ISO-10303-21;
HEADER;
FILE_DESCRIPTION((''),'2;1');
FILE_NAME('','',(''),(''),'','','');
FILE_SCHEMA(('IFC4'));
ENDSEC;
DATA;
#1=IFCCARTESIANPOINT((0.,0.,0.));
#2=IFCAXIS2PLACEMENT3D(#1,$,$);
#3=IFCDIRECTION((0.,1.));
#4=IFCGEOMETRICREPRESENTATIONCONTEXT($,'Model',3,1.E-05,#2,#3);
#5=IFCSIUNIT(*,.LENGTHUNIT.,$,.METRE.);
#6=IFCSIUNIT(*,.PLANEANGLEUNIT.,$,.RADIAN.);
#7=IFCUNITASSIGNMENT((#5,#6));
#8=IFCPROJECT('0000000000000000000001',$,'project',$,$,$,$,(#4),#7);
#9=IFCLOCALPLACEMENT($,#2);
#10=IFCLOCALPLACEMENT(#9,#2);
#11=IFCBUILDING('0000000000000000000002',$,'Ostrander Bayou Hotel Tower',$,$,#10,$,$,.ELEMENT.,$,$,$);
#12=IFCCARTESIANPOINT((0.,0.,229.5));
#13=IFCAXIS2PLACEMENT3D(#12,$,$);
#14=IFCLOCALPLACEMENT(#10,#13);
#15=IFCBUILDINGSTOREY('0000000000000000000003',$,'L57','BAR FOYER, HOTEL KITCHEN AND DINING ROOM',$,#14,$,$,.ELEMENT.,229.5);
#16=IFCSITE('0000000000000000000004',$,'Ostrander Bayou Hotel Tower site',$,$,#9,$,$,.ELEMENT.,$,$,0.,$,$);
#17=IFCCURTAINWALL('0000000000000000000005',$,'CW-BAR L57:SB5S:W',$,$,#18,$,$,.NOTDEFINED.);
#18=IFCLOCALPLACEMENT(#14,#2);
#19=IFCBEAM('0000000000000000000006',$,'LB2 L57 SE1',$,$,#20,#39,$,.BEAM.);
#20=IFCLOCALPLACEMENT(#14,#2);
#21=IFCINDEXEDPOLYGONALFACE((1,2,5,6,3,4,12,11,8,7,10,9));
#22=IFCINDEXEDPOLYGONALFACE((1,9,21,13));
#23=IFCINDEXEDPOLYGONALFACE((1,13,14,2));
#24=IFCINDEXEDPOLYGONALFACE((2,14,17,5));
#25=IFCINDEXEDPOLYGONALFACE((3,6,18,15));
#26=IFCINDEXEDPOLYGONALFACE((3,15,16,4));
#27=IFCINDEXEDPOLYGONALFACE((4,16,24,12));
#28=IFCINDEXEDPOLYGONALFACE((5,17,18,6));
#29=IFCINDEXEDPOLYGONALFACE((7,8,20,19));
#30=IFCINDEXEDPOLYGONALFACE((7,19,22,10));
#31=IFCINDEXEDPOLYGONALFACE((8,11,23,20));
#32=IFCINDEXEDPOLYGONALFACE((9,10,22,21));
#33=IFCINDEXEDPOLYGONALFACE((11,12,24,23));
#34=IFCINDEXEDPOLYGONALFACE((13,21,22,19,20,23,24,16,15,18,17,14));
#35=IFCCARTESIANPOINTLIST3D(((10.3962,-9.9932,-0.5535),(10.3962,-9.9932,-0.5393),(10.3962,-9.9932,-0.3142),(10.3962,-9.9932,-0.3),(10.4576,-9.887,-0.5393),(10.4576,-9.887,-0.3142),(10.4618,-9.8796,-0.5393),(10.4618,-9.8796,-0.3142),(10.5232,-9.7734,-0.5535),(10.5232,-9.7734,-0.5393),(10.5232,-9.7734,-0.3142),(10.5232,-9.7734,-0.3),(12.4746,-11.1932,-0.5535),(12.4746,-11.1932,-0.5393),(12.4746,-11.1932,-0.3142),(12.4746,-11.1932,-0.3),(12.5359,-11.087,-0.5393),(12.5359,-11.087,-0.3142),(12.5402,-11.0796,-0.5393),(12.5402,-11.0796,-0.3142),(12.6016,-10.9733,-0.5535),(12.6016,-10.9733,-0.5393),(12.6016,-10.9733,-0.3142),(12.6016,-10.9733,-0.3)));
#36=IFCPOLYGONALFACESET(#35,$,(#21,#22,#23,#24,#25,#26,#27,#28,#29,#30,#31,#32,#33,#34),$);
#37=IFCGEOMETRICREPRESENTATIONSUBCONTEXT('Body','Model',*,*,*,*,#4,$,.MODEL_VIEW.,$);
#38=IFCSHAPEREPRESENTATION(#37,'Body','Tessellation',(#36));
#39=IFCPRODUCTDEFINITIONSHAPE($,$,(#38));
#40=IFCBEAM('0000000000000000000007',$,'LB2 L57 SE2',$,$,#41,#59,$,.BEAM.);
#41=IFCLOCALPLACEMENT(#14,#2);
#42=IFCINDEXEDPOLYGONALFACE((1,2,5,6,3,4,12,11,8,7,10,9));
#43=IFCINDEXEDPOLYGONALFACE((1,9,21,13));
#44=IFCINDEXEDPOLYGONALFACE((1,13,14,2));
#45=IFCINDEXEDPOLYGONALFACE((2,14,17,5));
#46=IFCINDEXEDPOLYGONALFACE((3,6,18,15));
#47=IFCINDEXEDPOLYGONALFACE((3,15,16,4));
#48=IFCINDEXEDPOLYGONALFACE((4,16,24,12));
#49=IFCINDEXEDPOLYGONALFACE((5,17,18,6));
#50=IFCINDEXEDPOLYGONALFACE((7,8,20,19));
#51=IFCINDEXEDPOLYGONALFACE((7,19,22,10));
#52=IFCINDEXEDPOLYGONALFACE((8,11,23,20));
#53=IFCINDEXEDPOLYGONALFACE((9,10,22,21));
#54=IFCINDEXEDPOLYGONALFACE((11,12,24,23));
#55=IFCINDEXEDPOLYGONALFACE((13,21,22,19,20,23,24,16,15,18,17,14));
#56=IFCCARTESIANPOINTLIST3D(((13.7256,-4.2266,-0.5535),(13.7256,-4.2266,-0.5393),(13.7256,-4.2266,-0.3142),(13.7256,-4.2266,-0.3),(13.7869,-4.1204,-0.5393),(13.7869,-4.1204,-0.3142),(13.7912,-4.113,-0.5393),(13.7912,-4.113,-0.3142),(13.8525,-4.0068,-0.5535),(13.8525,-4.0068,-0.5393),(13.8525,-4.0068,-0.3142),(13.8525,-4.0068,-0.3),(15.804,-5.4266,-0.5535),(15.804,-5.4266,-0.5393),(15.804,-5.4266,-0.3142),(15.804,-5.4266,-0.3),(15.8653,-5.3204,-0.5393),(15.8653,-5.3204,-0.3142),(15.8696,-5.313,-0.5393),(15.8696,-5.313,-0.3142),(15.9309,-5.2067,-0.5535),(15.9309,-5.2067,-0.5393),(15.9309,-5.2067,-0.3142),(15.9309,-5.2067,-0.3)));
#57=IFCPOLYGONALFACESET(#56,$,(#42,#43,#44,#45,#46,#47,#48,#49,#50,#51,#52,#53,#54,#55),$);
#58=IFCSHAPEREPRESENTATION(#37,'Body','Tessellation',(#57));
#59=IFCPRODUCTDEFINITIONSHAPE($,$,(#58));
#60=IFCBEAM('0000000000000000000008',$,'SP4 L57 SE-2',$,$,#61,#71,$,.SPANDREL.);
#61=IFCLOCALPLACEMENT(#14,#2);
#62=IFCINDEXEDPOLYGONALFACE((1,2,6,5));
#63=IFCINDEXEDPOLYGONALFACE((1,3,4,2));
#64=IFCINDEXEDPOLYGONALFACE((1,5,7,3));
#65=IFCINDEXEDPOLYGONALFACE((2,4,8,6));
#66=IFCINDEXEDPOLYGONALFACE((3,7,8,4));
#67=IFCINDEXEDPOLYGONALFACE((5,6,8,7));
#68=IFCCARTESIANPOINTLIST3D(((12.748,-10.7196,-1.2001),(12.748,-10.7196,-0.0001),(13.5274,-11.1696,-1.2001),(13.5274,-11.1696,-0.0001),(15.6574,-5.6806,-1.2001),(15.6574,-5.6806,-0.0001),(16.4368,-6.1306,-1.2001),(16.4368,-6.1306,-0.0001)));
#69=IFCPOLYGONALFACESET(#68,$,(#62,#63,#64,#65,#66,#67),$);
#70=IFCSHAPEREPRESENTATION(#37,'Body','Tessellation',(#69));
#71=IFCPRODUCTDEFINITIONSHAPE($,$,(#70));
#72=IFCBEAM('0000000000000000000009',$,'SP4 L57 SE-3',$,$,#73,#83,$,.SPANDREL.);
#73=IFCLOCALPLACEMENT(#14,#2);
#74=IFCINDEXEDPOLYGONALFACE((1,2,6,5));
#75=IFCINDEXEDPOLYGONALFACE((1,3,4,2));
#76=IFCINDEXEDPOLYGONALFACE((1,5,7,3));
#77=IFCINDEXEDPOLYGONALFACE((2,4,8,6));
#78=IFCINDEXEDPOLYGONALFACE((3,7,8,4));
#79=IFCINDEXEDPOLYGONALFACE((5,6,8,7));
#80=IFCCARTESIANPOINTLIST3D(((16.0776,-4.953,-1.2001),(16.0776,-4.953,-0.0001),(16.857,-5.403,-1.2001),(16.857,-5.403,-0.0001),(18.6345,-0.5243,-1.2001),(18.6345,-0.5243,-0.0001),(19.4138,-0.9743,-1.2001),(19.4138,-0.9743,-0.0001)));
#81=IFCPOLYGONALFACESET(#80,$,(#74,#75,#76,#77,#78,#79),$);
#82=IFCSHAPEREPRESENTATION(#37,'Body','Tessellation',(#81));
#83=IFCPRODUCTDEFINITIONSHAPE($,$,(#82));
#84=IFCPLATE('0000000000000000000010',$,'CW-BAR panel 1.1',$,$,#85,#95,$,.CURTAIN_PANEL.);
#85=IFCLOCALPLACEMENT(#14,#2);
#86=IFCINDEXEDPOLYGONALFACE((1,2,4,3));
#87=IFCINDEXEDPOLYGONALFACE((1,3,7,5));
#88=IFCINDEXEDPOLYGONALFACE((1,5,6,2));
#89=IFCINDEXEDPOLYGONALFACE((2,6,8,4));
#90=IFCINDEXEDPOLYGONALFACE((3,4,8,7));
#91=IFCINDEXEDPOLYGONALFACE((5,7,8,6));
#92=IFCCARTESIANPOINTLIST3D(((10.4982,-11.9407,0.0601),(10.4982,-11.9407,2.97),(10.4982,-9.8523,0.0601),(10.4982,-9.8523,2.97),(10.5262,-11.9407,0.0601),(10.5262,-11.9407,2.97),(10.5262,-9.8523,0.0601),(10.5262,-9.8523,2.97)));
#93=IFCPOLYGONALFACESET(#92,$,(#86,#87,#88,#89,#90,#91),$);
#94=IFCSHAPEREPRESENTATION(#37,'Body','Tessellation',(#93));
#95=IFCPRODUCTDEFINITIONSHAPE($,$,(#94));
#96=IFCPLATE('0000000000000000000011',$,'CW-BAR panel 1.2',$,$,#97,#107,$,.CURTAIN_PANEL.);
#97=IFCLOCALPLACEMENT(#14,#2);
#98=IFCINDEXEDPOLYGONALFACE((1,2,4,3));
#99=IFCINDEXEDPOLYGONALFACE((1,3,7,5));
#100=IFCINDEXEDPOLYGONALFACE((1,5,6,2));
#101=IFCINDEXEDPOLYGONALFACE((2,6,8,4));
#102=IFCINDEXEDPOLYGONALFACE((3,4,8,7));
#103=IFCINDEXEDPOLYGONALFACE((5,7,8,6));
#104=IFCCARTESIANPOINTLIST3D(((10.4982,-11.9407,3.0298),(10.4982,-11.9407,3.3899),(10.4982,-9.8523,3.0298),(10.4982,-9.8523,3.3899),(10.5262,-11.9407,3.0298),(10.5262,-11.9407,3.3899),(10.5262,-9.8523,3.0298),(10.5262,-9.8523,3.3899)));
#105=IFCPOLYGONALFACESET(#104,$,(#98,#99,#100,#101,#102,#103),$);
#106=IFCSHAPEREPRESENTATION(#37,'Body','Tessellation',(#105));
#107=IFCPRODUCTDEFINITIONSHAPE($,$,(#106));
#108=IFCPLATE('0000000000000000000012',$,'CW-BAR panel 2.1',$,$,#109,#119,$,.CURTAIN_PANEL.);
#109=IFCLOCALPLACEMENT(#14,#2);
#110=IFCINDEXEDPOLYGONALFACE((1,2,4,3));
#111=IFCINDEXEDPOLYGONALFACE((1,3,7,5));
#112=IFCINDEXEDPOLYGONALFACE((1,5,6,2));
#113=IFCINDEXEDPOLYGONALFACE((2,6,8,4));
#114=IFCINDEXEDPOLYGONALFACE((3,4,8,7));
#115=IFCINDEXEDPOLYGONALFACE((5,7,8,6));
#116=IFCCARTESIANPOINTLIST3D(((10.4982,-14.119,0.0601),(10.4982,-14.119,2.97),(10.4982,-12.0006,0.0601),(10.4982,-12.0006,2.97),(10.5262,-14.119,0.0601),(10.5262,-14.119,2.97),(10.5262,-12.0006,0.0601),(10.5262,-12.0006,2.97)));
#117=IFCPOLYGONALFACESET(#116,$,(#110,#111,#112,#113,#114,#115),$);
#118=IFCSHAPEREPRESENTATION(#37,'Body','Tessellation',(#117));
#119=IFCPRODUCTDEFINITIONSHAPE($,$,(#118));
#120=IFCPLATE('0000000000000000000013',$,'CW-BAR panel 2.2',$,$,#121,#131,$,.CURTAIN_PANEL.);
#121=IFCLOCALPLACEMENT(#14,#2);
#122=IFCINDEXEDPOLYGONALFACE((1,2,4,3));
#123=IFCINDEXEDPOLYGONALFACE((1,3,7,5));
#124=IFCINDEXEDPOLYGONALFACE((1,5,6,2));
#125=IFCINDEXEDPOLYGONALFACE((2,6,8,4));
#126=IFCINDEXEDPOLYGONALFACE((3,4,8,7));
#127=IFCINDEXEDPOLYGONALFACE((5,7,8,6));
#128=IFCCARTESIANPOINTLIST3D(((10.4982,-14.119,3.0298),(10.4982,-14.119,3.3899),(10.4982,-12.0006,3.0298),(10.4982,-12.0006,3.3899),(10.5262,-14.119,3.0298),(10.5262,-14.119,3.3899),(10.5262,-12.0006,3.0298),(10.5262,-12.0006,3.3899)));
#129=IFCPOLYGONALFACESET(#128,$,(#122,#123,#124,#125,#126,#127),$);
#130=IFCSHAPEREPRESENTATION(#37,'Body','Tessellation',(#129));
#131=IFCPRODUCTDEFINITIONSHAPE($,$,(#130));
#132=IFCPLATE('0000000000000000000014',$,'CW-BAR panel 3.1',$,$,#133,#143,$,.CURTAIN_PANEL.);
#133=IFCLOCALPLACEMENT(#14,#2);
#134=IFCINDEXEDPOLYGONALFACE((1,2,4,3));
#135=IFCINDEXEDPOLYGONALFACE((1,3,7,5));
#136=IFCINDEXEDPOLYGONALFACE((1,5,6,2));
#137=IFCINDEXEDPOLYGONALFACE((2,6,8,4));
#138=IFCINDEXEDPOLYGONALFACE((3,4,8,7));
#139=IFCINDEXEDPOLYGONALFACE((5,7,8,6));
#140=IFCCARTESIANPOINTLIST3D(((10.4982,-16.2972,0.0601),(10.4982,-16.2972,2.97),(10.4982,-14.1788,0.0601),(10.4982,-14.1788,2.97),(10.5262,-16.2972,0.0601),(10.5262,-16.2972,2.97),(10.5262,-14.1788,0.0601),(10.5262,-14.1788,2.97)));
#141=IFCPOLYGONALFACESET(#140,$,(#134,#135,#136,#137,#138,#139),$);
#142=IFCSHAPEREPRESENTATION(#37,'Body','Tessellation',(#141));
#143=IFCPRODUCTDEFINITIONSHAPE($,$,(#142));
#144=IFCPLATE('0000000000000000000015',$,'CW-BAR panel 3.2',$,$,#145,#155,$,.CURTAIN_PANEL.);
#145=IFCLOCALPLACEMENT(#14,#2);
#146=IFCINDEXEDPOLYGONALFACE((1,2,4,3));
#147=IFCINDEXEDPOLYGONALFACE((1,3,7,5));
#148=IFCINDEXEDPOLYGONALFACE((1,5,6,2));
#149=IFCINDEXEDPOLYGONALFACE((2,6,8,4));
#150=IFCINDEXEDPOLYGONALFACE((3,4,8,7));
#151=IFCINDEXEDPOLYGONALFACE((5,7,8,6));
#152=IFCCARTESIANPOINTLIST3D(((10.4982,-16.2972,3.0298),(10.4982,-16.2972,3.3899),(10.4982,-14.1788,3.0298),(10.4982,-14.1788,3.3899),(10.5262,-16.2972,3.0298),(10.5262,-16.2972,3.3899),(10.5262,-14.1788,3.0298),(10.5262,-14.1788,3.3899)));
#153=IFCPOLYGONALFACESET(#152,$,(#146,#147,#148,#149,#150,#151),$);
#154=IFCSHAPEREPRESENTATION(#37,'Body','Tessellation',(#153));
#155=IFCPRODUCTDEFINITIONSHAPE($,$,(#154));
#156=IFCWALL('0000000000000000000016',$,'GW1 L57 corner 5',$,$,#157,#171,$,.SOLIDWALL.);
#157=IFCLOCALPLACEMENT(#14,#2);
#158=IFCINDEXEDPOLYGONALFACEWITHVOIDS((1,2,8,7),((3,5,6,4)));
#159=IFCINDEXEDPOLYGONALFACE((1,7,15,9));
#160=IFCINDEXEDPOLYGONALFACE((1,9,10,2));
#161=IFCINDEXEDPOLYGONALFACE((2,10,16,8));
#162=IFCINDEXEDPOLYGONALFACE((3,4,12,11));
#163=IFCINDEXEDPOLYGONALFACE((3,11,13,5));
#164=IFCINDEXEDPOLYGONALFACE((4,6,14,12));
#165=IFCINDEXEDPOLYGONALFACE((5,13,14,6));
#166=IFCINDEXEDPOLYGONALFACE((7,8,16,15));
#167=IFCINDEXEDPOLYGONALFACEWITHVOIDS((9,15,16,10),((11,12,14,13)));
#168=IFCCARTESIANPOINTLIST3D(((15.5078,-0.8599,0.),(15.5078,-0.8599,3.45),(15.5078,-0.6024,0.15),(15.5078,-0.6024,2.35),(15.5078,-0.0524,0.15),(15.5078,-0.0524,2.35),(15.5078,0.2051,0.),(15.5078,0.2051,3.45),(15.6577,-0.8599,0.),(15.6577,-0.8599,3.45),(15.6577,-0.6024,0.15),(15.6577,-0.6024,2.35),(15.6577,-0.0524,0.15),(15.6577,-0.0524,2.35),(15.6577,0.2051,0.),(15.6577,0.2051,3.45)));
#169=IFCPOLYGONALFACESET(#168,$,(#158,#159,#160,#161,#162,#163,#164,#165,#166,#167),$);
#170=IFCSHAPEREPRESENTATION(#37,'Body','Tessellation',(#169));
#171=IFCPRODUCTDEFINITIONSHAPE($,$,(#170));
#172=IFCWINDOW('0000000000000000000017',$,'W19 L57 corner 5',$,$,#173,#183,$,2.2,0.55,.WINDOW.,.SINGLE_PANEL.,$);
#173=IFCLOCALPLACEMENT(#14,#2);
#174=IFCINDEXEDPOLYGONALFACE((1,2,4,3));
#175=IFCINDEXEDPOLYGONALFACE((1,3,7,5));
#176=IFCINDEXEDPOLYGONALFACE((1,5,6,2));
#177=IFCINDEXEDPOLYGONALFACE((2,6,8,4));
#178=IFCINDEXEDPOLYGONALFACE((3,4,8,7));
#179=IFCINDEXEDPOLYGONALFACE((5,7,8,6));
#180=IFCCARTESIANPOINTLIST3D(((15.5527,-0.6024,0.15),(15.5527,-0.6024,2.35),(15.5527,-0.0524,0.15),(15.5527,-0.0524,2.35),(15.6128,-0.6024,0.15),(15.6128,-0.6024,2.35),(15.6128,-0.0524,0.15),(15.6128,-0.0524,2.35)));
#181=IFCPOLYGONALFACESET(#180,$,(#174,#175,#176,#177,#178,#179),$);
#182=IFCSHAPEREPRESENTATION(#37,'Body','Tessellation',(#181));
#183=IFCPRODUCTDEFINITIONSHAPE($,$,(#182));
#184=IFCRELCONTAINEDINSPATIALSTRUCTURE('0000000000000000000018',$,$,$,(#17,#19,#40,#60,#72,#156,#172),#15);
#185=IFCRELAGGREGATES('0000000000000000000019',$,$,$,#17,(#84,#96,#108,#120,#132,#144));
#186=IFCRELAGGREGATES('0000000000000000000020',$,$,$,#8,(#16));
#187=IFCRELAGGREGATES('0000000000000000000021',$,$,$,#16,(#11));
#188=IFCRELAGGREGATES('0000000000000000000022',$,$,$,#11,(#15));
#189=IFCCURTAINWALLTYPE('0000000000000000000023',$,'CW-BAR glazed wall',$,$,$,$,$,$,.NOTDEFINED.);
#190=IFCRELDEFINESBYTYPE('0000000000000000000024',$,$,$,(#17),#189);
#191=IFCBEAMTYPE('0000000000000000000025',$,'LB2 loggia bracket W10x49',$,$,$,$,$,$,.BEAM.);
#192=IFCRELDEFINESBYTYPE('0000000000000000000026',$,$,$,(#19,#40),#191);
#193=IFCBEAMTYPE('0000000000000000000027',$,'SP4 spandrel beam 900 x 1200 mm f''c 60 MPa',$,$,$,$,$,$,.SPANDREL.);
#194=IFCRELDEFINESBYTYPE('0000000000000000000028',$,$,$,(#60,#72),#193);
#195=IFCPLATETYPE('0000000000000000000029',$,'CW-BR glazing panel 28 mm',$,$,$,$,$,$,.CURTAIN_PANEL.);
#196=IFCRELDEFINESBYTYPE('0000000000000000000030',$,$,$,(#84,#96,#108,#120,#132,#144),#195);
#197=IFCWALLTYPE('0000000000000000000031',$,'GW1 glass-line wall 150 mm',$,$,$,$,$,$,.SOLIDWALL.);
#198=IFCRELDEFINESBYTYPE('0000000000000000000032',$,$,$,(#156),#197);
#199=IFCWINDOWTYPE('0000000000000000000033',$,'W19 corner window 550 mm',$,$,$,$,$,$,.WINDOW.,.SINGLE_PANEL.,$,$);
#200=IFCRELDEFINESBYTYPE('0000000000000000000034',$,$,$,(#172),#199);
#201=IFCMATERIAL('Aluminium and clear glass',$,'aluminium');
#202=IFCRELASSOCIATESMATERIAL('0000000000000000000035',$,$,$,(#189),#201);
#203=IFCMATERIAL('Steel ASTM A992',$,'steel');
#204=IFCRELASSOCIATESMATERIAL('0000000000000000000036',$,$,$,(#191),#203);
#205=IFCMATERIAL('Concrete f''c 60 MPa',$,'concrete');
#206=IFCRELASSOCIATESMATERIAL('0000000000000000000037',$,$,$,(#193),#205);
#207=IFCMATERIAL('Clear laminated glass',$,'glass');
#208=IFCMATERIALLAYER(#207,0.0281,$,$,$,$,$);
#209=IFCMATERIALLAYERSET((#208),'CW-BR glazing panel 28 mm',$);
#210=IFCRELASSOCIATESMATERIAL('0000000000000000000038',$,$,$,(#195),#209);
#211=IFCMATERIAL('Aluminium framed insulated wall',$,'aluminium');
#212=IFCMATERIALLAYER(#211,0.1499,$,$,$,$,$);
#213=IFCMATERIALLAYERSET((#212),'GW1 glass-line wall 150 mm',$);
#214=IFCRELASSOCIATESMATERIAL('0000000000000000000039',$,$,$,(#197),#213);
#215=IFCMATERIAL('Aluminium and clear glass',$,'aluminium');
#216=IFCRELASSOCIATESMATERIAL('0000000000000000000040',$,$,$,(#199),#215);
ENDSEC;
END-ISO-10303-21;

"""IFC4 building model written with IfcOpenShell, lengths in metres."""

from ifc_helpers import new_model, si_unit, direction, frame, frame_2d, origin, origin_2d, place, context, subcontext, project, spatial, rectangle, i_section, extrude, material, layer, layer_set, material_profile, profile_set, type_object, element, fill, aggregate, save


model = new_model("IFC4")

# Units and contexts
model_context = context("Model", 3, precision=1e-05, world=origin(), true_north=direction((0.0, 1.0)))
body_context = subcontext(model_context, "Body", "Model", "MODEL_VIEW")
ifc_project = project(units=[si_unit("LENGTHUNIT", "METRE"), si_unit("PLANEANGLEUNIT", "RADIAN")], contexts=[model_context])

# Site, building, storey
site_placement = place(None, origin())
site = spatial("IfcSite", under=ifc_project, at=site_placement, Name="Ostrander Bayou Hotel Tower site", CompositionType="ELEMENT", RefElevation=0.0)
building_placement = place(site_placement, origin())
building = spatial("IfcBuilding", under=site, at=building_placement, Name="Ostrander Bayou Hotel Tower", CompositionType="ELEMENT")
storey_placement = place(building_placement, frame((0.0, 0.0, 229.5)))
storey = spatial("IfcBuildingStorey", under=building, at=storey_placement, Name="L57", Description="BAR FOYER, HOTEL KITCHEN AND DINING ROOM", CompositionType="ELEMENT", Elevation=229.5)

# Curtain wall
ifc_material_1 = material(Name="Aluminium and clear glass", Category="aluminium")
curtain_wall_type = type_object("IfcCurtainWallType", Name="CW-BAR glazed wall", PredefinedType="NOTDEFINED", material=ifc_material_1)
curtain_wall_placement = place(storey_placement, origin())
curtain_wall = element("IfcCurtainWall", 1, at=curtain_wall_placement, inside=storey, type_object=curtain_wall_type, Name="CW-BAR L57:SB5S:W", PredefinedType="NOTDEFINED")

# Beams
ifc_material_2 = material(Name="Steel ASTM A992", Category="steel")
ifc_material_profile_1 = material_profile(ifc_material_2, i_section(OverallWidth=0.2539, OverallDepth=0.2534, WebThickness=0.0085, FlangeThickness=0.0142, at=origin_2d()))
ifc_profile_set_1 = profile_set([ifc_material_profile_1], Name="Steel ASTM A992")
beam_type_1 = type_object("IfcBeamType", Name="LB2 loggia bracket W10x49", PredefinedType="BEAM", material=ifc_profile_set_1)
for number, where, z_axis, x_axis, name in (
    (2, (12.5381, -11.0833, -0.4268), (-0.866025, 0.500001, 0.0), (-0.500001, -0.866025, 0.0), "LB2 L57 SE1"),
    (3, (15.8674, -5.3167, -0.4268), (-0.866025, 0.500001, 0.0), (-0.500001, -0.866025, 0.0), "LB2 L57 SE2"),
):
    element("IfcBeam", number, at=place(storey_placement, frame(where, z_axis=z_axis, x_axis=x_axis)), inside=storey, type_object=beam_type_1, Name=name, PredefinedType="BEAM", context=body_context, shape_type="SweptSolid", body=[
        extrude(i_section(OverallWidth=0.2539, OverallDepth=0.2534, WebThickness=0.0085, FlangeThickness=0.0142, at=origin_2d()), origin(), (0.0, 0.0, 1.0), 2.3999),
    ])
ifc_material_3 = material(Name="Concrete f'c 60 MPa", Category="concrete")
ifc_material_profile_2 = material_profile(ifc_material_3, rectangle(XDim=0.8999, YDim=1.2, at=origin_2d()))
ifc_profile_set_2 = profile_set([ifc_material_profile_2], Name="Concrete f'c 60 MPa")
beam_type_2 = type_object("IfcBeamType", Name="SP4 spandrel beam 900 x 1200 mm f'c 60 MPa", PredefinedType="SPANDREL", material=ifc_profile_set_2)
beam_1_placement = place(storey_placement, frame((13.1377, -10.9446, -0.6001), z_axis=(0.500015, 0.866016, 0.0), x_axis=(-0.866016, 0.500015, 0.0)))
element("IfcBeam", 4, at=beam_1_placement, inside=storey, type_object=beam_type_2, Name="SP4 L57 SE-2", PredefinedType="SPANDREL", context=body_context, shape_type="SweptSolid", body=[
    extrude(rectangle(XDim=0.8999, YDim=1.2, at=origin_2d()), origin(), (0.0, 0.0, 1.0), 5.8186),
])
beam_2_placement = place(storey_placement, frame((16.4673, -5.178, -0.6001), z_axis=(0.499995, 0.866028, 0.0), x_axis=(-0.866028, 0.499995, 0.0)))
element("IfcBeam", 5, at=beam_2_placement, inside=storey, type_object=beam_type_2, Name="SP4 L57 SE-3", PredefinedType="SPANDREL", context=body_context, shape_type="SweptSolid", body=[
    extrude(rectangle(XDim=0.8999, YDim=1.2, at=origin_2d()), origin(), (0.0, 0.0, 1.0), 5.1138),
])

# Plates
ifc_material_4 = material(Name="Clear laminated glass", Category="glass")
ifc_layer_1 = layer(ifc_material_4, 0.0281)
ifc_layer_set_1 = layer_set([ifc_layer_1], Name="CW-BR glazing panel 28 mm")
plate_type = type_object("IfcPlateType", Name="CW-BR glazing panel 28 mm", PredefinedType="CURTAIN_PANEL", material=ifc_layer_set_1)
plate_1_placement = place(storey_placement, frame((10.5122, -10.8965, 0.0601), z_axis=(0.0, 0.0, 1.0), x_axis=(0.0, -1.0, 0.0)))
plate_1 = element("IfcPlate", 6, at=plate_1_placement, type_object=plate_type, Name="CW-BAR panel 1.1", PredefinedType="CURTAIN_PANEL", context=body_context, shape_type="SweptSolid", body=[
    extrude(rectangle(XDim=2.0884, YDim=0.0281, at=origin_2d()), origin(), (0.0, 0.0, 1.0), 2.9099),
])
plate_2_placement = place(storey_placement, frame((10.5122, -10.8965, 3.0298), z_axis=(0.0, 0.0, 1.0), x_axis=(0.0, -1.0, 0.0)))
plate_2 = element("IfcPlate", 7, at=plate_2_placement, type_object=plate_type, Name="CW-BAR panel 1.2", PredefinedType="CURTAIN_PANEL", context=body_context, shape_type="SweptSolid", body=[
    extrude(rectangle(XDim=2.0884, YDim=0.0281, at=origin_2d()), origin(), (0.0, 0.0, 1.0), 0.3601),
])
plate_3_placement = place(storey_placement, frame((10.5122, -13.0598, 0.0601), z_axis=(0.0, 0.0, 1.0), x_axis=(0.0, -1.0, 0.0)))
plate_3 = element("IfcPlate", 8, at=plate_3_placement, type_object=plate_type, Name="CW-BAR panel 2.1", PredefinedType="CURTAIN_PANEL", context=body_context, shape_type="SweptSolid", body=[
    extrude(rectangle(XDim=2.1184, YDim=0.0281, at=origin_2d()), origin(), (0.0, 0.0, 1.0), 2.9099),
])
plate_4_placement = place(storey_placement, frame((10.5122, -13.0598, 3.0298), z_axis=(0.0, 0.0, 1.0), x_axis=(0.0, -1.0, 0.0)))
plate_4 = element("IfcPlate", 9, at=plate_4_placement, type_object=plate_type, Name="CW-BAR panel 2.2", PredefinedType="CURTAIN_PANEL", context=body_context, shape_type="SweptSolid", body=[
    extrude(rectangle(XDim=2.1184, YDim=0.0281, at=origin_2d()), origin(), (0.0, 0.0, 1.0), 0.3601),
])
plate_5_placement = place(storey_placement, frame((10.5122, -15.238, 0.0601), z_axis=(0.0, 0.0, 1.0), x_axis=(0.0, -1.0, 0.0)))
plate_5 = element("IfcPlate", 10, at=plate_5_placement, type_object=plate_type, Name="CW-BAR panel 3.1", PredefinedType="CURTAIN_PANEL", context=body_context, shape_type="SweptSolid", body=[
    extrude(rectangle(XDim=2.1184, YDim=0.0281, at=origin_2d()), origin(), (0.0, 0.0, 1.0), 2.9099),
])
plate_6_placement = place(storey_placement, frame((10.5122, -15.238, 3.0298), z_axis=(0.0, 0.0, 1.0), x_axis=(0.0, -1.0, 0.0)))
plate_6 = element("IfcPlate", 11, at=plate_6_placement, type_object=plate_type, Name="CW-BAR panel 3.2", PredefinedType="CURTAIN_PANEL", context=body_context, shape_type="SweptSolid", body=[
    extrude(rectangle(XDim=2.1184, YDim=0.0281, at=origin_2d()), origin(), (0.0, 0.0, 1.0), 0.3601),
])
aggregate(curtain_wall, [plate_1, plate_2, plate_3, plate_4, plate_5, plate_6])

# Wall, opening, window
ifc_material_5 = material(Name="Aluminium framed insulated wall", Category="aluminium")
ifc_layer_2 = layer(ifc_material_5, 0.1499)
ifc_layer_set_2 = layer_set([ifc_layer_2], Name="GW1 glass-line wall 150 mm")
wall_type_1 = type_object("IfcWallType", Name="GW1 glass-line wall 150 mm", PredefinedType="SOLIDWALL", material=ifc_layer_set_2)
wall_1_placement = place(storey_placement, frame((15.5828, -0.8599, 0.0), z_axis=(0.0, 0.0, 1.0), x_axis=(0.0, 1.0, 0.0)))
wall_1 = element("IfcWall", 12, at=wall_1_placement, inside=storey, type_object=wall_type_1, Name="GW1 L57 corner 5", PredefinedType="SOLIDWALL", context=body_context, shape_type="SweptSolid", body=[
    extrude(rectangle(XDim=1.0649, YDim=0.1499, at=frame_2d((0.5325, 0.0))), origin(), (0.0, 0.0, 1.0), 3.45),
])
opening_placement = place(wall_1_placement, frame((0.2576, 0.0, 0.1499)))
opening = element("IfcOpeningElement", 13, at=opening_placement, cuts=wall_1, PredefinedType="OPENING", context=body_context, shape_type="SweptSolid", body=[
    extrude(rectangle(XDim=0.55, YDim=2.2, at=frame_2d((0.2749, 1.1001))), frame((0.0, 0.075, 0.0), z_axis=(0.0, -1.0, 0.0), x_axis=(1.0, 0.0, 0.0)), (0.0, 0.0, 1.0), 0.1499),
])
ifc_material_6 = material(Name="Aluminium and clear glass", Category="aluminium")
window_type = type_object("IfcWindowType", Name="W19 corner window 550 mm", PartitioningType="SINGLE_PANEL", PredefinedType="WINDOW", material=ifc_material_6)
window_placement = place(opening_placement, origin())
window = element("IfcWindow", 14, at=window_placement, inside=storey, type_object=window_type, Name="W19 L57 corner 5", OverallHeight=2.2, OverallWidth=0.55, PartitioningType="SINGLE_PANEL", PredefinedType="WINDOW", context=body_context, shape_type="SweptSolid", body=[
    extrude(rectangle(XDim=0.55, YDim=2.2, at=frame_2d((0.2749, 1.1001))), frame((0.0, 0.03, 0.0), z_axis=(0.0, -1.0, 0.0), x_axis=(1.0, 0.0, 0.0)), (0.0, 0.0, 1.0), 0.0601),
])
fill(opening, window)

save(model, "model.ifc")
